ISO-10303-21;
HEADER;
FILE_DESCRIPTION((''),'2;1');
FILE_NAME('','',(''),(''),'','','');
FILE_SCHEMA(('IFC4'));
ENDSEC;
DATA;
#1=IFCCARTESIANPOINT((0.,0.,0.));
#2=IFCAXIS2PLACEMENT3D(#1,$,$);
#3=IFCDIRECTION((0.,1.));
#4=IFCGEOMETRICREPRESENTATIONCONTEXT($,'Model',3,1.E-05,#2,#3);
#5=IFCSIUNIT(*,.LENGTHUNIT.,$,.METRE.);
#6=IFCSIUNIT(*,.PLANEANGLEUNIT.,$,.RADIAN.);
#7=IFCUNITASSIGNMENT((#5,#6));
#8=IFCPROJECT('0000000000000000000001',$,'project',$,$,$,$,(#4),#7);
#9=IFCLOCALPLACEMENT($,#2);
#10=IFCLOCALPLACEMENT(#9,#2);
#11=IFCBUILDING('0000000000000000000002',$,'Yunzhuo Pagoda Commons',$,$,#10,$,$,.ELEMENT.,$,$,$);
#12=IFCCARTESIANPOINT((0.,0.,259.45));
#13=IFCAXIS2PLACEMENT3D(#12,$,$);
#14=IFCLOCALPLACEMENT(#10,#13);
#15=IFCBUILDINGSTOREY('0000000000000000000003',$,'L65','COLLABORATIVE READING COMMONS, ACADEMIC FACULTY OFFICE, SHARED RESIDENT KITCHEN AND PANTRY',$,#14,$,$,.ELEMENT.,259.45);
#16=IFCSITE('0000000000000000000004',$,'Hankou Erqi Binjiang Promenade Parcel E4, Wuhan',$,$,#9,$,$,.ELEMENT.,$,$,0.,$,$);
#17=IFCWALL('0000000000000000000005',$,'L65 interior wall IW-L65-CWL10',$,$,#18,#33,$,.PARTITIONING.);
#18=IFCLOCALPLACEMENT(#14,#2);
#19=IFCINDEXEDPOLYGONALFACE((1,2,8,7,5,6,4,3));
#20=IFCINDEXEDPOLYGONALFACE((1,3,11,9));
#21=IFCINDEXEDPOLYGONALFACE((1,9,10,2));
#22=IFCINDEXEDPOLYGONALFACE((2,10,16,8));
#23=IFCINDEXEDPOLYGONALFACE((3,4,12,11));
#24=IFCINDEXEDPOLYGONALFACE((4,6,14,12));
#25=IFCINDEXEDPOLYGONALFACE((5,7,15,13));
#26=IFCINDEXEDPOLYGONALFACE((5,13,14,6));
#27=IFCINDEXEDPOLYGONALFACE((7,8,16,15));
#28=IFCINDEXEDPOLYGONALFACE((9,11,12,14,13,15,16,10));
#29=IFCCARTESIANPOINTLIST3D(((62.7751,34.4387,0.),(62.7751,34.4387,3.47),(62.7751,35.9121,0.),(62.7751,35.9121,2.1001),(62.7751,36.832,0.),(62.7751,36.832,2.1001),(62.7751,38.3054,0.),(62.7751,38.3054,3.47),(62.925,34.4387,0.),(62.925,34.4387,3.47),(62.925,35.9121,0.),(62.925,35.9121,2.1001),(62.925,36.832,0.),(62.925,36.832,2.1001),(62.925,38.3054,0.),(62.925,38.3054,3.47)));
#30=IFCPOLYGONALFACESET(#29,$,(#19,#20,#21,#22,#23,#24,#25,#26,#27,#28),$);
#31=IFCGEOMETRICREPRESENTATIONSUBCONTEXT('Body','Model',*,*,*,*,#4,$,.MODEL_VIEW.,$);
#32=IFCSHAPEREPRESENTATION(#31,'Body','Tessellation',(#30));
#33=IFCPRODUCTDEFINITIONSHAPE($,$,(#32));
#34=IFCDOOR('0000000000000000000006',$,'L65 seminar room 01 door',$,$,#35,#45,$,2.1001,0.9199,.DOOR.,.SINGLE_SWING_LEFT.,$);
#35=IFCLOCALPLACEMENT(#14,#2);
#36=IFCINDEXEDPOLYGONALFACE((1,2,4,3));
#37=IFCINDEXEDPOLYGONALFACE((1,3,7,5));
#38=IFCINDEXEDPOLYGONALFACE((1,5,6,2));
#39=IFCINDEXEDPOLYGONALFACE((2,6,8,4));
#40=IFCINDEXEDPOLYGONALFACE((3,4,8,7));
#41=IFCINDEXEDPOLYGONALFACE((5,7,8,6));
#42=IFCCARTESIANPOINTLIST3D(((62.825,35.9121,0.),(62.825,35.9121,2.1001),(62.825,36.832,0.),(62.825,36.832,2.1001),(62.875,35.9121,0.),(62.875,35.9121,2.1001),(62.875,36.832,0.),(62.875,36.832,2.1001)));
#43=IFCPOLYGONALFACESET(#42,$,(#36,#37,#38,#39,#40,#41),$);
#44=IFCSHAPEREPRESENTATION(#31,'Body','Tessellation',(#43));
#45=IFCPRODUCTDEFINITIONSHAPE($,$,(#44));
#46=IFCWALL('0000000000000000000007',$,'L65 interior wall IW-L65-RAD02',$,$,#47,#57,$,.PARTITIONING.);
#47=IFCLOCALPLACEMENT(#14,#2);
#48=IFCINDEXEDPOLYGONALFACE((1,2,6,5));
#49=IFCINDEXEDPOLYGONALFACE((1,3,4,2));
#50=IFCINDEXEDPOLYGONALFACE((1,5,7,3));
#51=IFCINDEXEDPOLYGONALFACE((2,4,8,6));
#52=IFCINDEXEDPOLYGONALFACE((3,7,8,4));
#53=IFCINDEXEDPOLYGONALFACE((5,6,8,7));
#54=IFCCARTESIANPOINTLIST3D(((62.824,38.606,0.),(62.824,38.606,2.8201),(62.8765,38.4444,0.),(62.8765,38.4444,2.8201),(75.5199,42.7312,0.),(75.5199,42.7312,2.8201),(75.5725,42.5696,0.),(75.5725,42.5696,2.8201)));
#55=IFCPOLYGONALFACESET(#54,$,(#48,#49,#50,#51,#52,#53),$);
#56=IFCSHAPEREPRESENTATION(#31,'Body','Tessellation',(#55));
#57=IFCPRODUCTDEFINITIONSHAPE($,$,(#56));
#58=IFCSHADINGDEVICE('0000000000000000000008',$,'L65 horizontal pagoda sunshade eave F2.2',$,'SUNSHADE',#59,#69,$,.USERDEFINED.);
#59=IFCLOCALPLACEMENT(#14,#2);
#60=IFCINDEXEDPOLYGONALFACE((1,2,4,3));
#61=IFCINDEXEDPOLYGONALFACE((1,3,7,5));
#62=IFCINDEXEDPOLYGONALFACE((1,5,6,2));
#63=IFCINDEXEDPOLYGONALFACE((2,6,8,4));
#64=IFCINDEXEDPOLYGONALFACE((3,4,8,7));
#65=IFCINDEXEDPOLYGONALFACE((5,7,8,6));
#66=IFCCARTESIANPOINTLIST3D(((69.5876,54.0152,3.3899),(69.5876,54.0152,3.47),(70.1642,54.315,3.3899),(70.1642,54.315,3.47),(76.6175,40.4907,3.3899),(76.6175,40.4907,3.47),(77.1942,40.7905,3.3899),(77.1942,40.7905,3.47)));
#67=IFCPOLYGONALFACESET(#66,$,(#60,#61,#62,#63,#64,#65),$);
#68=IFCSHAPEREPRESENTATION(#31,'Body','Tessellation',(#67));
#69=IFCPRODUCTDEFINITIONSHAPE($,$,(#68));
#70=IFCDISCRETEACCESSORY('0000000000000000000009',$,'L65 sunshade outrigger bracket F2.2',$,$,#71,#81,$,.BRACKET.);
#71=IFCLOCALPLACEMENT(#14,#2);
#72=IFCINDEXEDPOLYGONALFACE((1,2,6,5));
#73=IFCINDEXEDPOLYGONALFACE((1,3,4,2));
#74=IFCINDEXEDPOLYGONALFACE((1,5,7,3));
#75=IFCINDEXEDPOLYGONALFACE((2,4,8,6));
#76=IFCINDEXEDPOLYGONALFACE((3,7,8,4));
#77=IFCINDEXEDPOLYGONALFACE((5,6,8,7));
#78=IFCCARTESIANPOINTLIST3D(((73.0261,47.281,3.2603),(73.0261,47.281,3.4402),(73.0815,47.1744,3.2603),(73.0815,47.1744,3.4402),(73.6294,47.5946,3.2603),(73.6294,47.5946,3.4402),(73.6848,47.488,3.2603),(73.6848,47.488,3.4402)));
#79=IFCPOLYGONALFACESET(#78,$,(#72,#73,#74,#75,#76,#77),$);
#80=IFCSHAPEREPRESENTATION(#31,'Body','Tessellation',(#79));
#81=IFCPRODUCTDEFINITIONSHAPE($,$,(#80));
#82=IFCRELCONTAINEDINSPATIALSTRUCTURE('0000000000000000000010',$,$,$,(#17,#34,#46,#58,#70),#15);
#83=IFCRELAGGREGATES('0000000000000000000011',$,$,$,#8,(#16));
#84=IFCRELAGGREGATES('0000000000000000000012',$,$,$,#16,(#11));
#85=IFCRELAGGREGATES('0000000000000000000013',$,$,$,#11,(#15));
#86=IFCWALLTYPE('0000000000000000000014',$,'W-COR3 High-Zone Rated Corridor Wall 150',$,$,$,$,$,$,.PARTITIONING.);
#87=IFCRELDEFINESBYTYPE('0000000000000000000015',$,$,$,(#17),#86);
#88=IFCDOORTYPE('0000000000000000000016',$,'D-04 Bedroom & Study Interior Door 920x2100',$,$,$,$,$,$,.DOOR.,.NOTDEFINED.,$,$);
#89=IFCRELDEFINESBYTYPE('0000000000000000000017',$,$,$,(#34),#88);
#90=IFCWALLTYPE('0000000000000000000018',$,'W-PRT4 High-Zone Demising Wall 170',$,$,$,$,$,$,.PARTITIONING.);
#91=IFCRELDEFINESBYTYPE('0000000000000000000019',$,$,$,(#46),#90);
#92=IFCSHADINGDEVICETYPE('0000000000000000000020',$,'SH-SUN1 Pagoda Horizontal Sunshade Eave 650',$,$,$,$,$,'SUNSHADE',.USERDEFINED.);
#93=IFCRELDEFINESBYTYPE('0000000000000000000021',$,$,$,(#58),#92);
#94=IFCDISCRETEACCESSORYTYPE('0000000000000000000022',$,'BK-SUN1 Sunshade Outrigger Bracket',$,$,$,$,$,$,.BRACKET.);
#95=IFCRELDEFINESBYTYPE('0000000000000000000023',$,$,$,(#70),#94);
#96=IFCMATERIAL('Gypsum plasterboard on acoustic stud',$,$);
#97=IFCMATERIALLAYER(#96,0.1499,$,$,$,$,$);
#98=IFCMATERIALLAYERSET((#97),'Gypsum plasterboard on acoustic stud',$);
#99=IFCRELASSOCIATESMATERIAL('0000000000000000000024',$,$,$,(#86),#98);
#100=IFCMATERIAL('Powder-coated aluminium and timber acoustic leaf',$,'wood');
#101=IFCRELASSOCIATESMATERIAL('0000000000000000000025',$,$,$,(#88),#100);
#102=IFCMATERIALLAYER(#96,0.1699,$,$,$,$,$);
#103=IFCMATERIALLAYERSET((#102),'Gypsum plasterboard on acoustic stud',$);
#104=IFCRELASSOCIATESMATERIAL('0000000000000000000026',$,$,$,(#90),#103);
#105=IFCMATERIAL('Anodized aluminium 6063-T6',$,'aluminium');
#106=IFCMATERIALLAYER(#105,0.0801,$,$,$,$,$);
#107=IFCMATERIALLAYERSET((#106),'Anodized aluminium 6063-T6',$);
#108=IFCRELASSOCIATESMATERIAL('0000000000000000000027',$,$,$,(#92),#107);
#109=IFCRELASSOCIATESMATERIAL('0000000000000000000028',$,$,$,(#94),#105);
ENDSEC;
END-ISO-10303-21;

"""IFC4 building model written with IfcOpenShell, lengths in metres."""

from ifc_helpers import new_model, si_unit, direction, frame, frame_2d, origin, origin_with_axes, origin_2d, place, context, subcontext, project, spatial, rectangle, extrude, source, transform, mapped, material, layer, layer_set, type_object, element, fill, save


model = new_model("IFC4")

# Units and contexts
model_context = context("Model", 3, precision=1e-05, world=origin(), true_north=direction((0.0, 1.0)))
body_context = subcontext(model_context, "Body", "Model", "MODEL_VIEW")
ifc_project = project(units=[si_unit("LENGTHUNIT", "METRE"), si_unit("PLANEANGLEUNIT", "RADIAN")], contexts=[model_context])

# Site, building, storey
site_placement = place(None, origin())
site = spatial("IfcSite", under=ifc_project, at=site_placement, Name="Hankou Erqi Binjiang Promenade Parcel E4, Wuhan", CompositionType="ELEMENT", RefElevation=0.0)
building_placement = place(site_placement, origin())
building = spatial("IfcBuilding", under=site, at=building_placement, Name="Yunzhuo Pagoda Commons", CompositionType="ELEMENT")
storey_placement = place(building_placement, frame((0.0, 0.0, 259.45)))
storey = spatial("IfcBuildingStorey", under=building, at=storey_placement, Name="L65", Description="COLLABORATIVE READING COMMONS, ACADEMIC FACULTY OFFICE, SHARED RESIDENT KITCHEN AND PANTRY", CompositionType="ELEMENT", Elevation=259.45)

# Shared definitions
ifc_material_1 = material(Name="Anodized aluminium 6063-T6", Category="aluminium")

# Shared definitions
ifc_material_2 = material(Name="Gypsum plasterboard on acoustic stud")
ifc_layer_1 = layer(ifc_material_2, 0.1499)
ifc_layer_set_1 = layer_set([ifc_layer_1], Name="Gypsum plasterboard on acoustic stud")
wall_type_1 = type_object("IfcWallType", Name="W-COR3 High-Zone Rated Corridor Wall 150", PredefinedType="PARTITIONING", material=ifc_layer_set_1)

# Wall, opening, door
wall_1_placement = place(storey_placement, frame((62.8501, 38.3054, 0.0), z_axis=(0.0, 0.0, 1.0), x_axis=(0.0, -1.0, 0.0)))
wall_1 = element("IfcWall", 1, at=wall_1_placement, inside=storey, type_object=wall_type_1, Name="L65 interior wall IW-L65-CWL10", PredefinedType="PARTITIONING", context=body_context, shape_type="SweptSolid", body=[
    extrude(rectangle(XDim=3.8667, YDim=0.1499, at=frame_2d((1.9333, 0.0))), origin(), (0.0, 0.0, 1.0), 3.47),
])
opening_placement = place(wall_1_placement, frame((1.4734, 0.0, 0.0)))
opening = element("IfcOpeningElement", 2, at=opening_placement, cuts=wall_1, PredefinedType="OPENING", context=body_context, shape_type="SweptSolid", body=[
    extrude(rectangle(XDim=0.9199, YDim=2.1001, at=frame_2d((0.46, 1.05))), frame((0.0, 0.085, 0.0), z_axis=(0.0, -1.0, 0.0), x_axis=(1.0, 0.0, 0.0)), (0.0, 0.0, 1.0), 0.1699),
])
ifc_material_3 = material(Name="Powder-coated aluminium and timber acoustic leaf", Category="wood")
door_type = type_object("IfcDoorType", Name="D-04 Bedroom & Study Interior Door 920x2100", OperationType="NOTDEFINED", PredefinedType="DOOR", material=ifc_material_3)
shared_shape_1 = source(origin(), body_context, "Body", "SweptSolid", [
    extrude(rectangle(XDim=0.9199, YDim=2.1001, at=frame_2d((0.46, 1.05))), frame((0.0, 0.0249, 0.0), z_axis=(0.0, -1.0, 0.0), x_axis=(1.0, 0.0, 0.0)), (0.0, 0.0, 1.0), 0.05),
])
door_placement = place(opening_placement, origin_with_axes())
door = element("IfcDoor", 3, at=door_placement, inside=storey, type_object=door_type, Name="L65 seminar room 01 door", OperationType="SINGLE_SWING_LEFT", OverallHeight=2.1001, OverallWidth=0.9199, PredefinedType="DOOR", context=body_context, shape_type="MappedRepresentation", body=[
    mapped(shared_shape_1, transform((0.0, 0.0, 0.0), scale=1.0)),
])
fill(opening, door)

# Wall
ifc_layer_2 = layer(ifc_material_2, 0.1699)
ifc_layer_set_2 = layer_set([ifc_layer_2], Name="Gypsum plasterboard on acoustic stud")
wall_type_2 = type_object("IfcWallType", Name="W-PRT4 High-Zone Demising Wall 170", PredefinedType="PARTITIONING", material=ifc_layer_set_2)
wall_2_placement = place(storey_placement, frame((62.8501, 38.5251, 0.0), z_axis=(0.0, 0.0, 1.0), x_axis=(0.951055, 0.30902, 0.0)))
element("IfcWall", 4, at=wall_2_placement, inside=storey, type_object=wall_type_2, Name="L65 interior wall IW-L65-RAD02", PredefinedType="PARTITIONING", context=body_context, shape_type="SweptSolid", body=[
    extrude(rectangle(XDim=13.3494, YDim=0.1699, at=frame_2d((6.6748, 0.0))), origin(), (0.0, 0.0, 1.0), 2.8201),
])

# Shading device
ifc_layer_3 = layer(ifc_material_1, 0.0801)
ifc_layer_set_3 = layer_set([ifc_layer_3], Name="Anodized aluminium 6063-T6")
shading_device_type = type_object("IfcShadingDeviceType", Name="SH-SUN1 Pagoda Horizontal Sunshade Eave 650", ElementType="SUNSHADE", PredefinedType="USERDEFINED", material=ifc_layer_set_3)
shared_shape_2 = source(origin(), body_context, "Body", "SweptSolid", [
    extrude(rectangle(XDim=15.2424, YDim=0.6499, at=origin_2d()), origin(), (0.0, 0.0, 1.0), 0.0801),
])
shading_device_placement = place(storey_placement, frame((73.3909, 47.4028, 3.3899), z_axis=(0.0, 0.0, 1.0), x_axis=(-0.461207, 0.887293, 0.0)))
element("IfcShadingDevice", 5, at=shading_device_placement, inside=storey, type_object=shading_device_type, Name="L65 horizontal pagoda sunshade eave F2.2", ObjectType="SUNSHADE", PredefinedType="USERDEFINED", context=body_context, shape_type="MappedRepresentation", body=[
    mapped(shared_shape_2, transform((0.0, 0.0, 0.0), scale=1.0)),
])

# Discrete accessory
discrete_accessory_type = type_object("IfcDiscreteAccessoryType", Name="BK-SUN1 Sunshade Outrigger Bracket", PredefinedType="BRACKET", material=ifc_material_1)
shared_shape_3 = source(origin(), body_context, "Body", "SweptSolid", [
    extrude(rectangle(XDim=0.1201, YDim=0.6799, at=origin_2d()), origin(), (0.0, 0.0, 1.0), 0.1799),
])
discrete_accessory_placement = place(storey_placement, frame((73.3555, 47.3845, 3.2603), z_axis=(0.0, 0.0, 1.0), x_axis=(-0.461207, 0.887293, 0.0)))
element("IfcDiscreteAccessory", 6, at=discrete_accessory_placement, inside=storey, type_object=discrete_accessory_type, Name="L65 sunshade outrigger bracket F2.2", PredefinedType="BRACKET", context=body_context, shape_type="MappedRepresentation", body=[
    mapped(shared_shape_3, transform((0.0, 0.0, 0.0), scale=1.0)),
])

save(model, "model.ifc")
